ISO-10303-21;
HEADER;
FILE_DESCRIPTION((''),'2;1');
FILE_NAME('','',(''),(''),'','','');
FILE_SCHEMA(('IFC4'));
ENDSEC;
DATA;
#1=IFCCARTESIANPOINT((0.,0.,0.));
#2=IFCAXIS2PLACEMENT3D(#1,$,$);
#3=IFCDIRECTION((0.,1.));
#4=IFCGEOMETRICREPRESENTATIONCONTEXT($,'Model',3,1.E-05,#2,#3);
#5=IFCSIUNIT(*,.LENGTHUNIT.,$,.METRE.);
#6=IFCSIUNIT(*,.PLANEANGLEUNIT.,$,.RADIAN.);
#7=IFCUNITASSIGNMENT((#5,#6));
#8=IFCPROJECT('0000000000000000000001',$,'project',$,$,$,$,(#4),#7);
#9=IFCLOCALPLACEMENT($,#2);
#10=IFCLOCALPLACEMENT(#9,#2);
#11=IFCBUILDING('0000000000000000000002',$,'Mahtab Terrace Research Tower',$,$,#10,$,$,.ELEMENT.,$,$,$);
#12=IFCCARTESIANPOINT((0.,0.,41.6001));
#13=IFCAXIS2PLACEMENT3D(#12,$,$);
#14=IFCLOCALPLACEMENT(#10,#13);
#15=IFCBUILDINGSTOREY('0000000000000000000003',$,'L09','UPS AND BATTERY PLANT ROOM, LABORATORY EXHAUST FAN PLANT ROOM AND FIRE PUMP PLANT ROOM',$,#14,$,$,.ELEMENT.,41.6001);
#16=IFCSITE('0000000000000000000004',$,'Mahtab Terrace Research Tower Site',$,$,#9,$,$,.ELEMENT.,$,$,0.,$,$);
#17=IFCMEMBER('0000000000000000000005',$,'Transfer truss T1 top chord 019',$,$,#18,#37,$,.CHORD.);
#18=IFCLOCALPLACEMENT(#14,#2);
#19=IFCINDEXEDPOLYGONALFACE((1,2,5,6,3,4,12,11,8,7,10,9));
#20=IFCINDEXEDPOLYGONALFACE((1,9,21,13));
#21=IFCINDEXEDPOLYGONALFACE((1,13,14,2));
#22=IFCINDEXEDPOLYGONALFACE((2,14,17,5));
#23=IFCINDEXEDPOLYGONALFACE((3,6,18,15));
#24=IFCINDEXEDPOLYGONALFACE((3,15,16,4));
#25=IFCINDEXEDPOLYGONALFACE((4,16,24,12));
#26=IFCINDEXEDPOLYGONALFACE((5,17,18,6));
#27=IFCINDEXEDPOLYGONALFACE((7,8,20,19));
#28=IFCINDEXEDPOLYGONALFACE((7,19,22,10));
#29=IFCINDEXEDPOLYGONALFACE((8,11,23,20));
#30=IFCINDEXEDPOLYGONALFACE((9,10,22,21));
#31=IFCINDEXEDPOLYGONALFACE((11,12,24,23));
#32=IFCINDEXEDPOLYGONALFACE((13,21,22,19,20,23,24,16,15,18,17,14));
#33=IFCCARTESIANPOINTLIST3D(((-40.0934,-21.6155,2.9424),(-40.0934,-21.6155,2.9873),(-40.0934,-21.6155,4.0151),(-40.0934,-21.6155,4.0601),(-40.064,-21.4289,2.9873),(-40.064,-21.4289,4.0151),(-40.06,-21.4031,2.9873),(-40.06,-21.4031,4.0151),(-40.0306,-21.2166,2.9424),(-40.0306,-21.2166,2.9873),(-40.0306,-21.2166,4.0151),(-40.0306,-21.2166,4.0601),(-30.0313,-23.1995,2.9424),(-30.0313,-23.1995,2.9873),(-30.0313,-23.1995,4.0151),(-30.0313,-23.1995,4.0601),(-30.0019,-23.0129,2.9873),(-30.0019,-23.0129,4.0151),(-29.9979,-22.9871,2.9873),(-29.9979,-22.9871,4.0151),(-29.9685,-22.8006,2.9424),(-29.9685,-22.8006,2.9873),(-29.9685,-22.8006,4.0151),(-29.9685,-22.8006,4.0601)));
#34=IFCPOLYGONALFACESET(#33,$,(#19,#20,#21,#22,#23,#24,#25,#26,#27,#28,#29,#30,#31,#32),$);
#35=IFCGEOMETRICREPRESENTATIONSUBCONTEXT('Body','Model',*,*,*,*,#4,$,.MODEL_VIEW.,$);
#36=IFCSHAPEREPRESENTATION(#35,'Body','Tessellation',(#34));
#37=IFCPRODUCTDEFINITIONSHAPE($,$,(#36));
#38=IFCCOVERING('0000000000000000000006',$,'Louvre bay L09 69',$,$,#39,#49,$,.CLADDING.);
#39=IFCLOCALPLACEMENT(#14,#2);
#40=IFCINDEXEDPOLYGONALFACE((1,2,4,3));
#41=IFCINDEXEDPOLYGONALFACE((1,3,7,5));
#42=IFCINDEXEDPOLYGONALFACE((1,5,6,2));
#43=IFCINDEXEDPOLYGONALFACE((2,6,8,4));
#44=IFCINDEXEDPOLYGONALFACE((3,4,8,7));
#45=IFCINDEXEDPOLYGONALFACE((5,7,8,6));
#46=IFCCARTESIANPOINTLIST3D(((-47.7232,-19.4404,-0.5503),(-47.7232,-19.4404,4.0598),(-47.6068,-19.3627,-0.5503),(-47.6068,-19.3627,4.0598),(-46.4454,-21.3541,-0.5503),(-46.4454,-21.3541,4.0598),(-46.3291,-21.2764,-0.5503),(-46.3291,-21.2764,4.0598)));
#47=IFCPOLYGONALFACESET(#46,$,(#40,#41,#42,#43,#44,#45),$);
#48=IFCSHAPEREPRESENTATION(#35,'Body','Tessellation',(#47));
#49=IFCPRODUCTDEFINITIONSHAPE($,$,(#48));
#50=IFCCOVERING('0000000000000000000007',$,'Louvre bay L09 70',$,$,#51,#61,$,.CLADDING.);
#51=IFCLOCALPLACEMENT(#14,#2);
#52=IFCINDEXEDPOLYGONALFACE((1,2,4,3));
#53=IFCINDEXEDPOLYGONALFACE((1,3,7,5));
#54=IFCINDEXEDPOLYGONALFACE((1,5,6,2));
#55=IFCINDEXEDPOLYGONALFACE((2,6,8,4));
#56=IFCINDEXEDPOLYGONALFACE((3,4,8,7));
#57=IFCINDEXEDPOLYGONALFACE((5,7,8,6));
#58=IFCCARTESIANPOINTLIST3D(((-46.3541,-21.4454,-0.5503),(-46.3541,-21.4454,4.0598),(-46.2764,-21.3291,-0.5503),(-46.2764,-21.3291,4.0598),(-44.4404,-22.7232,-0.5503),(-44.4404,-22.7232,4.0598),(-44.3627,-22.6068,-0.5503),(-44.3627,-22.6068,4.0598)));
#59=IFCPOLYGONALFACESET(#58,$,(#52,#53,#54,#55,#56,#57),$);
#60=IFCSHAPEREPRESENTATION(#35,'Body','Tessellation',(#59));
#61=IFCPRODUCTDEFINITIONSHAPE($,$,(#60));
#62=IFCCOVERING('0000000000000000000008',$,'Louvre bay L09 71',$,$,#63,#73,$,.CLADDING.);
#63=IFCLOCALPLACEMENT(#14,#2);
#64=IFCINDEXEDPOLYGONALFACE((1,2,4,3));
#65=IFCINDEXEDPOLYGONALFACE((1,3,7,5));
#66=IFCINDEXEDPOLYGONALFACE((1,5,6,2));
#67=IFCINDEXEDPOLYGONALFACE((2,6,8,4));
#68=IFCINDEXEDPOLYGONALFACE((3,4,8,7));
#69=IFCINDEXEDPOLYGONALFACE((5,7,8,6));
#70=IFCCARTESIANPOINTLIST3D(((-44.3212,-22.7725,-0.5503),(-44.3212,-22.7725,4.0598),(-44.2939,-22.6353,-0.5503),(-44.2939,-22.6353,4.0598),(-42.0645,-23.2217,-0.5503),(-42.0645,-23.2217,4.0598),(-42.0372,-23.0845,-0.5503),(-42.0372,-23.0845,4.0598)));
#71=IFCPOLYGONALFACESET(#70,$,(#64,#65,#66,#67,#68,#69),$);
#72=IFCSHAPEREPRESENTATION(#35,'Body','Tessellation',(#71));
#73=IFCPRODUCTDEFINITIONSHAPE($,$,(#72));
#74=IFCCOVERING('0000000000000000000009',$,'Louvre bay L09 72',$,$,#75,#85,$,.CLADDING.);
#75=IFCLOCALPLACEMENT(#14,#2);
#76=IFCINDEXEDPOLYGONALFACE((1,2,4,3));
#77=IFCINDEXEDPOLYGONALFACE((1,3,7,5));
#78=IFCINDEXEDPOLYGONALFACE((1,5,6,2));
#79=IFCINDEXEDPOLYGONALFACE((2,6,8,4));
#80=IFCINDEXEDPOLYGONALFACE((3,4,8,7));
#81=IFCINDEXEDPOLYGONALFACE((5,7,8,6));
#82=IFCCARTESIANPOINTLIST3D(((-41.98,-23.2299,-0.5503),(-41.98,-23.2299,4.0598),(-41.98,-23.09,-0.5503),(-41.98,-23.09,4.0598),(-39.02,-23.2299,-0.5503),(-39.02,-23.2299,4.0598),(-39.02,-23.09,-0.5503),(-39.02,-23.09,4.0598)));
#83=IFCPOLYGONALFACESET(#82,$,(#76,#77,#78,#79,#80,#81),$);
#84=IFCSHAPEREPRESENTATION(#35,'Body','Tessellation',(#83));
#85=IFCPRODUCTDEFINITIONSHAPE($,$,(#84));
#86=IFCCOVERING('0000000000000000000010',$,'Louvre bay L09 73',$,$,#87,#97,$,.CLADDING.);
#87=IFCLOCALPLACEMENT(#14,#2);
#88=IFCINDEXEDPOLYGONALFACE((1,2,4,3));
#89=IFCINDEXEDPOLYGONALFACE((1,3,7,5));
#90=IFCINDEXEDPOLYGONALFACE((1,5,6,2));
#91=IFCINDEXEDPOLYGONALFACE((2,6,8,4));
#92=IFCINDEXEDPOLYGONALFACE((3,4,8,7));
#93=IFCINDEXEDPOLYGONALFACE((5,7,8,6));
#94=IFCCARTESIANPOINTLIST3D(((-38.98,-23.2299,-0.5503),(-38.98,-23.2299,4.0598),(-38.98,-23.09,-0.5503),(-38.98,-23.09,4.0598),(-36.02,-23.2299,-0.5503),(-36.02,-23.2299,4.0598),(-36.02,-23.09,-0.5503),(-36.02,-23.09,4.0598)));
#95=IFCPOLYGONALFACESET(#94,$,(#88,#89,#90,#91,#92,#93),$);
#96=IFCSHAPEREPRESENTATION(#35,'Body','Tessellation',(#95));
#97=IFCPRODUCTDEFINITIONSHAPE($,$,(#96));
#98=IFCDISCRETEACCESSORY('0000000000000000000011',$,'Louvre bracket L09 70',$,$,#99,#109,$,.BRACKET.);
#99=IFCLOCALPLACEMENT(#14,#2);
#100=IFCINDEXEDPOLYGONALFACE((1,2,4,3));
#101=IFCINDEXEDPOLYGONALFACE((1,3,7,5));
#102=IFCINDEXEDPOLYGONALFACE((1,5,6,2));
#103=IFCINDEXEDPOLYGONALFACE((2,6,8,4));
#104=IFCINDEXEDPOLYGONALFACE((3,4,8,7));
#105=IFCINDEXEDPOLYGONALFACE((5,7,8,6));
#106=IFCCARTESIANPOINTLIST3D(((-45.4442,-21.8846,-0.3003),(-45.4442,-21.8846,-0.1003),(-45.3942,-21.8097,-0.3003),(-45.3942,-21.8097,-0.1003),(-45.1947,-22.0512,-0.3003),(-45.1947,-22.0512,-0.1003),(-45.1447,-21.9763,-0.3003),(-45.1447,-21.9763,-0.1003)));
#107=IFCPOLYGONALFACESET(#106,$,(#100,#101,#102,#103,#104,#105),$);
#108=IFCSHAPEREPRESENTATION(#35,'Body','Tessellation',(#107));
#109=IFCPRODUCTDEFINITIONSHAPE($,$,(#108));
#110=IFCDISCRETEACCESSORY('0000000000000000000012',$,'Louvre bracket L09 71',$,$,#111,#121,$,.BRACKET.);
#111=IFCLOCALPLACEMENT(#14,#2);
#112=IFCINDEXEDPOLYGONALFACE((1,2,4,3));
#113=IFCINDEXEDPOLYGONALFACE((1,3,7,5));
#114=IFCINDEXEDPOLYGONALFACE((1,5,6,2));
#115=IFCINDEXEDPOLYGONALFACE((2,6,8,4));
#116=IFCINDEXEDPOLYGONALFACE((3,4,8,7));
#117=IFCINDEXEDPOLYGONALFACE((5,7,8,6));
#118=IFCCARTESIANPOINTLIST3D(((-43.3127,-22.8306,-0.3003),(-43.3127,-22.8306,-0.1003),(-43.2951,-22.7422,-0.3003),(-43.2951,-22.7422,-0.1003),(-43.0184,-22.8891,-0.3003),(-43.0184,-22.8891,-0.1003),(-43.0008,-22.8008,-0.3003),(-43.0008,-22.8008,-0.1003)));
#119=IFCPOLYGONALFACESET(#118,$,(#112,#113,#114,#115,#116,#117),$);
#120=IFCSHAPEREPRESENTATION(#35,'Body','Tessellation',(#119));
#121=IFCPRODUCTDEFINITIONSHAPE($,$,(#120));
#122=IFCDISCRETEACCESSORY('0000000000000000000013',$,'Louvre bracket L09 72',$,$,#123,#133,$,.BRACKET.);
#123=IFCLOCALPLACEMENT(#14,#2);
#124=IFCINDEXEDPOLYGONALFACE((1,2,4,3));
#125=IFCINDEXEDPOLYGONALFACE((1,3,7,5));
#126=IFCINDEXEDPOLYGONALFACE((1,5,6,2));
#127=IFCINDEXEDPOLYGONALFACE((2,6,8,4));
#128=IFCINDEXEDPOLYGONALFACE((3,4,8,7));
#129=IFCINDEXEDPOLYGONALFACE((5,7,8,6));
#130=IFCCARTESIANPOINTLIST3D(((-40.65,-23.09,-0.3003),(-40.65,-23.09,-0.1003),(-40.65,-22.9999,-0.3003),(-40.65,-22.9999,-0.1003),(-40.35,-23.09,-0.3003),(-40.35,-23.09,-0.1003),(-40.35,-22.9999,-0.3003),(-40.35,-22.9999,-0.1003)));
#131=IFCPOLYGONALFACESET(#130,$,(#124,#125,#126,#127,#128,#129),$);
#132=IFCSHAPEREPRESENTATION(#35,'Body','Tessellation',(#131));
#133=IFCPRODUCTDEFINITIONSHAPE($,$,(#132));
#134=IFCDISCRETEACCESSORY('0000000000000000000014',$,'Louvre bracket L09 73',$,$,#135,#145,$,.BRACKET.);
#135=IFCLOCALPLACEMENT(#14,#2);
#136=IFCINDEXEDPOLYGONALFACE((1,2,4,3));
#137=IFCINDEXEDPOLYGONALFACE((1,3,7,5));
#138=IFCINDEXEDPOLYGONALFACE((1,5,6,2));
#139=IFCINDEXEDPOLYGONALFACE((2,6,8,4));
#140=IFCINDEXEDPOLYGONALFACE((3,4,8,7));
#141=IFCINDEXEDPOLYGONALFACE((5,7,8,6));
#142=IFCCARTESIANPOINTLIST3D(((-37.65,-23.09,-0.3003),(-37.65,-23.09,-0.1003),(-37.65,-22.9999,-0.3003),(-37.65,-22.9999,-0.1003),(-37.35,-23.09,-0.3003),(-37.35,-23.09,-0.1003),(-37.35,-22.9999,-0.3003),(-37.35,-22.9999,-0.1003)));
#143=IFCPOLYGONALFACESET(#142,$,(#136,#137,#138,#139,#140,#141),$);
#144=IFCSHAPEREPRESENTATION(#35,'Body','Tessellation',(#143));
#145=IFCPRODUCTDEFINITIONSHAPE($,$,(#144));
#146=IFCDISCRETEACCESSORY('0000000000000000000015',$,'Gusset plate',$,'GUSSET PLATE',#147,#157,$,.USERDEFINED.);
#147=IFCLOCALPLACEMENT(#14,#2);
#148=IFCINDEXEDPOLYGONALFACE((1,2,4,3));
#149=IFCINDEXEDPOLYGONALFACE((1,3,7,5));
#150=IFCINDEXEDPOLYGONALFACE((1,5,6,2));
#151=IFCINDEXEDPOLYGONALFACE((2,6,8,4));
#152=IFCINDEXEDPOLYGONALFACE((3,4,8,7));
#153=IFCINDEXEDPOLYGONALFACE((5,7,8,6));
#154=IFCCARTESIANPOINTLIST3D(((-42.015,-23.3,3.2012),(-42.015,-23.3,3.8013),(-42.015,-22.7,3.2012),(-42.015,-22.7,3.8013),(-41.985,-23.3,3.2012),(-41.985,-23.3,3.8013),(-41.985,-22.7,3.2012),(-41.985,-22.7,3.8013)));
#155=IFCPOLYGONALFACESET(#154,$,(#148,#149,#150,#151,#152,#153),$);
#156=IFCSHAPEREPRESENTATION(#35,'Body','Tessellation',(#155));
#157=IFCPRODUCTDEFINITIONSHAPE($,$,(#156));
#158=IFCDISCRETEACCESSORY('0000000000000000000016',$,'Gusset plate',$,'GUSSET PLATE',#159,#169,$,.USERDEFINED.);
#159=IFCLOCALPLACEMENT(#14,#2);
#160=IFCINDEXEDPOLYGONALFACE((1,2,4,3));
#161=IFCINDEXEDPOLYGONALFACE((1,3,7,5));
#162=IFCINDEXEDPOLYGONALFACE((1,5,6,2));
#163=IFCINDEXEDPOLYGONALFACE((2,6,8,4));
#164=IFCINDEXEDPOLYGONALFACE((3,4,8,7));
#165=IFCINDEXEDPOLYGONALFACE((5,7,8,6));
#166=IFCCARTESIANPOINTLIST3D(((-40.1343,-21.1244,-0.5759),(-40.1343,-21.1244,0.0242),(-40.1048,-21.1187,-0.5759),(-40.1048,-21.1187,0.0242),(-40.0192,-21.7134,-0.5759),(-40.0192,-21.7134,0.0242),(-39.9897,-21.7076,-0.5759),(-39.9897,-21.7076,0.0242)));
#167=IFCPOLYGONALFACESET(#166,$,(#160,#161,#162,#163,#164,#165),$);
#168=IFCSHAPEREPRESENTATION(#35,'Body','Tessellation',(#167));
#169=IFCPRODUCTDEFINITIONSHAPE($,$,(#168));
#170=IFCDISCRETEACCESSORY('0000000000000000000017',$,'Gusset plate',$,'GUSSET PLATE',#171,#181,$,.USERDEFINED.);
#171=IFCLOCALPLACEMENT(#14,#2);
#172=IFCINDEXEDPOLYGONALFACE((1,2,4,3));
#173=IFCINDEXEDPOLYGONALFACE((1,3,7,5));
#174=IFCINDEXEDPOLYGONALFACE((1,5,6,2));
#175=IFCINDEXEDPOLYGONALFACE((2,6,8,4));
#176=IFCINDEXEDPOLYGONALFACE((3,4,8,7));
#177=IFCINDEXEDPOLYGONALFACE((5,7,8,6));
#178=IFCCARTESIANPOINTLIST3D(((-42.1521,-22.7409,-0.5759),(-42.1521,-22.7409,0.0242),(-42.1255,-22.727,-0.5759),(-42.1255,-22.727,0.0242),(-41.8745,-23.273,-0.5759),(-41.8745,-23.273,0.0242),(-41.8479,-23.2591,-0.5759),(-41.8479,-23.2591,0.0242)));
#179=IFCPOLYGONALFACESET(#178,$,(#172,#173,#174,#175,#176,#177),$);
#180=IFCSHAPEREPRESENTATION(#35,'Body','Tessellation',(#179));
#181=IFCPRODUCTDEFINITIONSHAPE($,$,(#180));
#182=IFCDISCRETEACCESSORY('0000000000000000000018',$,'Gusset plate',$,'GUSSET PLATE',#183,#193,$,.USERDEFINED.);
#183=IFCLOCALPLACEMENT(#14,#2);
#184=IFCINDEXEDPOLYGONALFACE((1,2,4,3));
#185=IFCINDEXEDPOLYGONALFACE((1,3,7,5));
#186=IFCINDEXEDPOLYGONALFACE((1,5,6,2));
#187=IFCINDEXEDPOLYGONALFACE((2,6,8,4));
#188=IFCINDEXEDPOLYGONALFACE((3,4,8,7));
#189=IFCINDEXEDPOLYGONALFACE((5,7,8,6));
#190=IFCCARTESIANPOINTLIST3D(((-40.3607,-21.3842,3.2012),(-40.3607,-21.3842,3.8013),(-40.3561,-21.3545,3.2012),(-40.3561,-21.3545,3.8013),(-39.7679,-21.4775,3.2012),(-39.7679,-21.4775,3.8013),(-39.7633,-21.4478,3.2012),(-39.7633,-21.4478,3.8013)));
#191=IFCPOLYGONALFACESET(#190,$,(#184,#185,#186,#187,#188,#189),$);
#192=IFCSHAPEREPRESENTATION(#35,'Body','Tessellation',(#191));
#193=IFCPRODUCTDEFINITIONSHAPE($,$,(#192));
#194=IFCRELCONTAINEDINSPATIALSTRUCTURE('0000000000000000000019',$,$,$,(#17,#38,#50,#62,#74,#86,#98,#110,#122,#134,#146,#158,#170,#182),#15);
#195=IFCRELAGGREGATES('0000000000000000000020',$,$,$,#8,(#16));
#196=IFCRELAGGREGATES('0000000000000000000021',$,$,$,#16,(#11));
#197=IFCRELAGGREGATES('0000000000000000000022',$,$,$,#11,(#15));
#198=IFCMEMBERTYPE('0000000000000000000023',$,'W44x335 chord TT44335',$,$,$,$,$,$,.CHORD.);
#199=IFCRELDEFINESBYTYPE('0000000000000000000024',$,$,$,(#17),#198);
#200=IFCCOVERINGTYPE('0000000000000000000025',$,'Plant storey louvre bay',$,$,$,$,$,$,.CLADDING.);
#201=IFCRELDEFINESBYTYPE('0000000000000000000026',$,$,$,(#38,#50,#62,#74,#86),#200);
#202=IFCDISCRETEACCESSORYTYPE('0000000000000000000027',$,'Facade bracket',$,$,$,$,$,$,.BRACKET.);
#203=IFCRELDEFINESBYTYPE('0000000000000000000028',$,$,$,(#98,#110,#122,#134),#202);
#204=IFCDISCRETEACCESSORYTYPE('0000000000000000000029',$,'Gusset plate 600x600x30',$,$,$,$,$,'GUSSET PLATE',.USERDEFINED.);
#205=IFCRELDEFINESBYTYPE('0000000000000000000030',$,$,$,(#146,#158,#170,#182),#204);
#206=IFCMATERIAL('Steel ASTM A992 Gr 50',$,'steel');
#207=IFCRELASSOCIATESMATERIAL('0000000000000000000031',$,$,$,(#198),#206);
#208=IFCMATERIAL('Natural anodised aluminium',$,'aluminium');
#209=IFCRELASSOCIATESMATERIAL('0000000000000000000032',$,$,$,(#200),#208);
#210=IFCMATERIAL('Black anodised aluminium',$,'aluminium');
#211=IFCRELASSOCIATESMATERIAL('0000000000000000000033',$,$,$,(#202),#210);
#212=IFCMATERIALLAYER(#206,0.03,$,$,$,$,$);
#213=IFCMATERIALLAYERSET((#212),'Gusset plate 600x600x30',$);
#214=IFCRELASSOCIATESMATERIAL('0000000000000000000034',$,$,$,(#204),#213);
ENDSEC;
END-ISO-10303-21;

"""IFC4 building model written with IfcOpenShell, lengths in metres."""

from ifc_helpers import new_model, si_unit, direction, frame, origin, origin_2d, place, context, subcontext, project, spatial, rectangle, i_section, extrude, material, layer, layer_set, material_profile, profile_set, type_object, element, save


model = new_model("IFC4")

# Units and contexts
model_context = context("Model", 3, precision=1e-05, world=origin(), true_north=direction((0.0, 1.0)))
body_context = subcontext(model_context, "Body", "Model", "MODEL_VIEW")
ifc_project = project(units=[si_unit("LENGTHUNIT", "METRE"), si_unit("PLANEANGLEUNIT", "RADIAN")], contexts=[model_context])

# Site, building, storey
site_placement = place(None, origin())
site = spatial("IfcSite", under=ifc_project, at=site_placement, Name="Mahtab Terrace Research Tower Site", CompositionType="ELEMENT", RefElevation=0.0)
building_placement = place(site_placement, origin())
building = spatial("IfcBuilding", under=site, at=building_placement, Name="Mahtab Terrace Research Tower", CompositionType="ELEMENT")
storey_placement = place(building_placement, frame((0.0, 0.0, 41.6001)))
storey = spatial("IfcBuildingStorey", under=building, at=storey_placement, Name="L09", Description="UPS AND BATTERY PLANT ROOM, LABORATORY EXHAUST FAN PLANT ROOM AND FIRE PUMP PLANT ROOM", CompositionType="ELEMENT", Elevation=41.6001)

# Member
ifc_material_1 = material(Name="Steel ASTM A992 Gr 50", Category="steel")
ifc_material_profile_1 = material_profile(ifc_material_1, i_section(OverallWidth=0.4038, OverallDepth=1.1177, WebThickness=0.0261, FlangeThickness=0.0449, at=origin_2d()), Name="W44X335")
ifc_profile_set_1 = profile_set([ifc_material_profile_1], Name="Steel ASTM A992 Gr 50")
member_type_1 = type_object("IfcMemberType", Name="W44x335 chord TT44335", PredefinedType="CHORD", material=ifc_profile_set_1)
member_1_placement = place(storey_placement, frame((-40.062, -21.416, 3.5012), z_axis=(0.987835, -0.155507, 0.0), x_axis=(0.155507, 0.987835, 0.0)))
element("IfcMember", 1, at=member_1_placement, inside=storey, type_object=member_type_1, Name="Transfer truss T1 top chord 019", PredefinedType="CHORD", context=body_context, shape_type="SweptSolid", body=[
    extrude(i_section(OverallWidth=0.4038, OverallDepth=1.1177, WebThickness=0.0261, FlangeThickness=0.0449, at=origin_2d()), origin(), (0.0, 0.0, 1.0), 10.186),
])

# Coverings
ifc_material_2 = material(Name="Natural anodised aluminium", Category="aluminium")
covering_type = type_object("IfcCoveringType", Name="Plant storey louvre bay", PredefinedType="CLADDING", material=ifc_material_2)
for number, where, z_axis, x_axis, name in (
    (2, (-47.0261, -20.3584, -0.5503), (0.0, 0.0, 1.0), (0.555291, -0.831656, 0.0), "Louvre bay L09 69"),
    (3, (-45.3584, -22.0261, -0.5503), (0.0, 0.0, 1.0), (0.831656, -0.555291, 0.0), "Louvre bay L09 70"),
    (4, (-43.1792, -22.9285, -0.5503), (0.0, 0.0, 1.0), (0.980761, -0.195212, 0.0), "Louvre bay L09 71"),
):
    element("IfcCovering", number, at=place(storey_placement, frame(where, z_axis=z_axis, x_axis=x_axis)), inside=storey, type_object=covering_type, Name=name, PredefinedType="CLADDING", context=body_context, shape_type="SweptSolid", body=[
        extrude(rectangle(XDim=2.301, YDim=0.1399, at=origin_2d()), origin(), (0.0, 0.0, 1.0), 4.6101),
    ])
for number, where, z_axis, x_axis, name in (
    (5, (-40.5, -23.1599, -0.5503), (0.0, 0.0, 1.0), (1.0, 0.0, 0.0), "Louvre bay L09 72"),
    (6, (-37.5, -23.1599, -0.5503), (0.0, 0.0, 1.0), (1.0, 0.0, 0.0), "Louvre bay L09 73"),
):
    element("IfcCovering", number, at=place(storey_placement, frame(where, z_axis=z_axis, x_axis=x_axis)), inside=storey, type_object=covering_type, Name=name, PredefinedType="CLADDING", context=body_context, shape_type="SweptSolid", body=[
        extrude(rectangle(XDim=2.96, YDim=0.1399, at=origin_2d()), origin(), (0.0, 0.0, 1.0), 4.6101),
    ])

# Discrete accessories
ifc_material_3 = material(Name="Black anodised aluminium", Category="aluminium")
discrete_accessory_type_1 = type_object("IfcDiscreteAccessoryType", Name="Facade bracket", PredefinedType="BRACKET", material=ifc_material_3)
for number, where, z_axis, x_axis, name in (
    (7, (-45.2944, -21.9304, -0.3003), (0.0, 0.0, 1.0), (0.831656, -0.555291, 0.0), "Louvre bracket L09 70"),
    (8, (-43.1567, -22.8157, -0.3003), (0.0, 0.0, 1.0), (0.980761, -0.195212, 0.0), "Louvre bracket L09 71"),
    (9, (-40.5, -23.0449, -0.3003), (0.0, 0.0, 1.0), (1.0, 0.0, 0.0), "Louvre bracket L09 72"),
    (10, (-37.5, -23.0449, -0.3003), (0.0, 0.0, 1.0), (1.0, 0.0, 0.0), "Louvre bracket L09 73"),
):
    element("IfcDiscreteAccessory", number, at=place(storey_placement, frame(where, z_axis=z_axis, x_axis=x_axis)), inside=storey, type_object=discrete_accessory_type_1, Name=name, PredefinedType="BRACKET", context=body_context, shape_type="SweptSolid", body=[
        extrude(rectangle(XDim=0.3, YDim=0.0901, at=origin_2d()), origin(), (0.0, 0.0, 1.0), 0.2),
    ])
ifc_layer = layer(ifc_material_1, 0.03)
ifc_layer_set = layer_set([ifc_layer], Name="Gusset plate 600x600x30")
discrete_accessory_type_2 = type_object("IfcDiscreteAccessoryType", Name="Gusset plate 600x600x30", ElementType="GUSSET PLATE", PredefinedType="USERDEFINED", material=ifc_layer_set)
for number, where, z_axis, x_axis, name in (
    (11, (-42.0, -23.0, 3.2012), (0.0, 0.0, 1.0), (0.0, 1.0, 0.0), "Gusset plate"),
    (12, (-40.062, -21.416, -0.5759), (0.0, 0.0, 1.0), (-0.19182, 0.98143, 0.0), "Gusset plate"),
    (13, (-42.0, -23.0, -0.5759), (0.0, 0.0, 1.0), (-0.4626, 0.886567, 0.0), "Gusset plate"),
    (14, (-40.062, -21.416, 3.2012), (0.0, 0.0, 1.0), (-0.987835, 0.155504, 0.0), "Gusset plate"),
):
    element("IfcDiscreteAccessory", number, at=place(storey_placement, frame(where, z_axis=z_axis, x_axis=x_axis)), inside=storey, type_object=discrete_accessory_type_2, Name=name, ObjectType="GUSSET PLATE", PredefinedType="USERDEFINED", context=body_context, shape_type="SweptSolid", body=[
        extrude(rectangle(XDim=0.6001, YDim=0.03, at=origin_2d()), origin(), (0.0, 0.0, 1.0), 0.6001),
    ])

save(model, "model.ifc")
